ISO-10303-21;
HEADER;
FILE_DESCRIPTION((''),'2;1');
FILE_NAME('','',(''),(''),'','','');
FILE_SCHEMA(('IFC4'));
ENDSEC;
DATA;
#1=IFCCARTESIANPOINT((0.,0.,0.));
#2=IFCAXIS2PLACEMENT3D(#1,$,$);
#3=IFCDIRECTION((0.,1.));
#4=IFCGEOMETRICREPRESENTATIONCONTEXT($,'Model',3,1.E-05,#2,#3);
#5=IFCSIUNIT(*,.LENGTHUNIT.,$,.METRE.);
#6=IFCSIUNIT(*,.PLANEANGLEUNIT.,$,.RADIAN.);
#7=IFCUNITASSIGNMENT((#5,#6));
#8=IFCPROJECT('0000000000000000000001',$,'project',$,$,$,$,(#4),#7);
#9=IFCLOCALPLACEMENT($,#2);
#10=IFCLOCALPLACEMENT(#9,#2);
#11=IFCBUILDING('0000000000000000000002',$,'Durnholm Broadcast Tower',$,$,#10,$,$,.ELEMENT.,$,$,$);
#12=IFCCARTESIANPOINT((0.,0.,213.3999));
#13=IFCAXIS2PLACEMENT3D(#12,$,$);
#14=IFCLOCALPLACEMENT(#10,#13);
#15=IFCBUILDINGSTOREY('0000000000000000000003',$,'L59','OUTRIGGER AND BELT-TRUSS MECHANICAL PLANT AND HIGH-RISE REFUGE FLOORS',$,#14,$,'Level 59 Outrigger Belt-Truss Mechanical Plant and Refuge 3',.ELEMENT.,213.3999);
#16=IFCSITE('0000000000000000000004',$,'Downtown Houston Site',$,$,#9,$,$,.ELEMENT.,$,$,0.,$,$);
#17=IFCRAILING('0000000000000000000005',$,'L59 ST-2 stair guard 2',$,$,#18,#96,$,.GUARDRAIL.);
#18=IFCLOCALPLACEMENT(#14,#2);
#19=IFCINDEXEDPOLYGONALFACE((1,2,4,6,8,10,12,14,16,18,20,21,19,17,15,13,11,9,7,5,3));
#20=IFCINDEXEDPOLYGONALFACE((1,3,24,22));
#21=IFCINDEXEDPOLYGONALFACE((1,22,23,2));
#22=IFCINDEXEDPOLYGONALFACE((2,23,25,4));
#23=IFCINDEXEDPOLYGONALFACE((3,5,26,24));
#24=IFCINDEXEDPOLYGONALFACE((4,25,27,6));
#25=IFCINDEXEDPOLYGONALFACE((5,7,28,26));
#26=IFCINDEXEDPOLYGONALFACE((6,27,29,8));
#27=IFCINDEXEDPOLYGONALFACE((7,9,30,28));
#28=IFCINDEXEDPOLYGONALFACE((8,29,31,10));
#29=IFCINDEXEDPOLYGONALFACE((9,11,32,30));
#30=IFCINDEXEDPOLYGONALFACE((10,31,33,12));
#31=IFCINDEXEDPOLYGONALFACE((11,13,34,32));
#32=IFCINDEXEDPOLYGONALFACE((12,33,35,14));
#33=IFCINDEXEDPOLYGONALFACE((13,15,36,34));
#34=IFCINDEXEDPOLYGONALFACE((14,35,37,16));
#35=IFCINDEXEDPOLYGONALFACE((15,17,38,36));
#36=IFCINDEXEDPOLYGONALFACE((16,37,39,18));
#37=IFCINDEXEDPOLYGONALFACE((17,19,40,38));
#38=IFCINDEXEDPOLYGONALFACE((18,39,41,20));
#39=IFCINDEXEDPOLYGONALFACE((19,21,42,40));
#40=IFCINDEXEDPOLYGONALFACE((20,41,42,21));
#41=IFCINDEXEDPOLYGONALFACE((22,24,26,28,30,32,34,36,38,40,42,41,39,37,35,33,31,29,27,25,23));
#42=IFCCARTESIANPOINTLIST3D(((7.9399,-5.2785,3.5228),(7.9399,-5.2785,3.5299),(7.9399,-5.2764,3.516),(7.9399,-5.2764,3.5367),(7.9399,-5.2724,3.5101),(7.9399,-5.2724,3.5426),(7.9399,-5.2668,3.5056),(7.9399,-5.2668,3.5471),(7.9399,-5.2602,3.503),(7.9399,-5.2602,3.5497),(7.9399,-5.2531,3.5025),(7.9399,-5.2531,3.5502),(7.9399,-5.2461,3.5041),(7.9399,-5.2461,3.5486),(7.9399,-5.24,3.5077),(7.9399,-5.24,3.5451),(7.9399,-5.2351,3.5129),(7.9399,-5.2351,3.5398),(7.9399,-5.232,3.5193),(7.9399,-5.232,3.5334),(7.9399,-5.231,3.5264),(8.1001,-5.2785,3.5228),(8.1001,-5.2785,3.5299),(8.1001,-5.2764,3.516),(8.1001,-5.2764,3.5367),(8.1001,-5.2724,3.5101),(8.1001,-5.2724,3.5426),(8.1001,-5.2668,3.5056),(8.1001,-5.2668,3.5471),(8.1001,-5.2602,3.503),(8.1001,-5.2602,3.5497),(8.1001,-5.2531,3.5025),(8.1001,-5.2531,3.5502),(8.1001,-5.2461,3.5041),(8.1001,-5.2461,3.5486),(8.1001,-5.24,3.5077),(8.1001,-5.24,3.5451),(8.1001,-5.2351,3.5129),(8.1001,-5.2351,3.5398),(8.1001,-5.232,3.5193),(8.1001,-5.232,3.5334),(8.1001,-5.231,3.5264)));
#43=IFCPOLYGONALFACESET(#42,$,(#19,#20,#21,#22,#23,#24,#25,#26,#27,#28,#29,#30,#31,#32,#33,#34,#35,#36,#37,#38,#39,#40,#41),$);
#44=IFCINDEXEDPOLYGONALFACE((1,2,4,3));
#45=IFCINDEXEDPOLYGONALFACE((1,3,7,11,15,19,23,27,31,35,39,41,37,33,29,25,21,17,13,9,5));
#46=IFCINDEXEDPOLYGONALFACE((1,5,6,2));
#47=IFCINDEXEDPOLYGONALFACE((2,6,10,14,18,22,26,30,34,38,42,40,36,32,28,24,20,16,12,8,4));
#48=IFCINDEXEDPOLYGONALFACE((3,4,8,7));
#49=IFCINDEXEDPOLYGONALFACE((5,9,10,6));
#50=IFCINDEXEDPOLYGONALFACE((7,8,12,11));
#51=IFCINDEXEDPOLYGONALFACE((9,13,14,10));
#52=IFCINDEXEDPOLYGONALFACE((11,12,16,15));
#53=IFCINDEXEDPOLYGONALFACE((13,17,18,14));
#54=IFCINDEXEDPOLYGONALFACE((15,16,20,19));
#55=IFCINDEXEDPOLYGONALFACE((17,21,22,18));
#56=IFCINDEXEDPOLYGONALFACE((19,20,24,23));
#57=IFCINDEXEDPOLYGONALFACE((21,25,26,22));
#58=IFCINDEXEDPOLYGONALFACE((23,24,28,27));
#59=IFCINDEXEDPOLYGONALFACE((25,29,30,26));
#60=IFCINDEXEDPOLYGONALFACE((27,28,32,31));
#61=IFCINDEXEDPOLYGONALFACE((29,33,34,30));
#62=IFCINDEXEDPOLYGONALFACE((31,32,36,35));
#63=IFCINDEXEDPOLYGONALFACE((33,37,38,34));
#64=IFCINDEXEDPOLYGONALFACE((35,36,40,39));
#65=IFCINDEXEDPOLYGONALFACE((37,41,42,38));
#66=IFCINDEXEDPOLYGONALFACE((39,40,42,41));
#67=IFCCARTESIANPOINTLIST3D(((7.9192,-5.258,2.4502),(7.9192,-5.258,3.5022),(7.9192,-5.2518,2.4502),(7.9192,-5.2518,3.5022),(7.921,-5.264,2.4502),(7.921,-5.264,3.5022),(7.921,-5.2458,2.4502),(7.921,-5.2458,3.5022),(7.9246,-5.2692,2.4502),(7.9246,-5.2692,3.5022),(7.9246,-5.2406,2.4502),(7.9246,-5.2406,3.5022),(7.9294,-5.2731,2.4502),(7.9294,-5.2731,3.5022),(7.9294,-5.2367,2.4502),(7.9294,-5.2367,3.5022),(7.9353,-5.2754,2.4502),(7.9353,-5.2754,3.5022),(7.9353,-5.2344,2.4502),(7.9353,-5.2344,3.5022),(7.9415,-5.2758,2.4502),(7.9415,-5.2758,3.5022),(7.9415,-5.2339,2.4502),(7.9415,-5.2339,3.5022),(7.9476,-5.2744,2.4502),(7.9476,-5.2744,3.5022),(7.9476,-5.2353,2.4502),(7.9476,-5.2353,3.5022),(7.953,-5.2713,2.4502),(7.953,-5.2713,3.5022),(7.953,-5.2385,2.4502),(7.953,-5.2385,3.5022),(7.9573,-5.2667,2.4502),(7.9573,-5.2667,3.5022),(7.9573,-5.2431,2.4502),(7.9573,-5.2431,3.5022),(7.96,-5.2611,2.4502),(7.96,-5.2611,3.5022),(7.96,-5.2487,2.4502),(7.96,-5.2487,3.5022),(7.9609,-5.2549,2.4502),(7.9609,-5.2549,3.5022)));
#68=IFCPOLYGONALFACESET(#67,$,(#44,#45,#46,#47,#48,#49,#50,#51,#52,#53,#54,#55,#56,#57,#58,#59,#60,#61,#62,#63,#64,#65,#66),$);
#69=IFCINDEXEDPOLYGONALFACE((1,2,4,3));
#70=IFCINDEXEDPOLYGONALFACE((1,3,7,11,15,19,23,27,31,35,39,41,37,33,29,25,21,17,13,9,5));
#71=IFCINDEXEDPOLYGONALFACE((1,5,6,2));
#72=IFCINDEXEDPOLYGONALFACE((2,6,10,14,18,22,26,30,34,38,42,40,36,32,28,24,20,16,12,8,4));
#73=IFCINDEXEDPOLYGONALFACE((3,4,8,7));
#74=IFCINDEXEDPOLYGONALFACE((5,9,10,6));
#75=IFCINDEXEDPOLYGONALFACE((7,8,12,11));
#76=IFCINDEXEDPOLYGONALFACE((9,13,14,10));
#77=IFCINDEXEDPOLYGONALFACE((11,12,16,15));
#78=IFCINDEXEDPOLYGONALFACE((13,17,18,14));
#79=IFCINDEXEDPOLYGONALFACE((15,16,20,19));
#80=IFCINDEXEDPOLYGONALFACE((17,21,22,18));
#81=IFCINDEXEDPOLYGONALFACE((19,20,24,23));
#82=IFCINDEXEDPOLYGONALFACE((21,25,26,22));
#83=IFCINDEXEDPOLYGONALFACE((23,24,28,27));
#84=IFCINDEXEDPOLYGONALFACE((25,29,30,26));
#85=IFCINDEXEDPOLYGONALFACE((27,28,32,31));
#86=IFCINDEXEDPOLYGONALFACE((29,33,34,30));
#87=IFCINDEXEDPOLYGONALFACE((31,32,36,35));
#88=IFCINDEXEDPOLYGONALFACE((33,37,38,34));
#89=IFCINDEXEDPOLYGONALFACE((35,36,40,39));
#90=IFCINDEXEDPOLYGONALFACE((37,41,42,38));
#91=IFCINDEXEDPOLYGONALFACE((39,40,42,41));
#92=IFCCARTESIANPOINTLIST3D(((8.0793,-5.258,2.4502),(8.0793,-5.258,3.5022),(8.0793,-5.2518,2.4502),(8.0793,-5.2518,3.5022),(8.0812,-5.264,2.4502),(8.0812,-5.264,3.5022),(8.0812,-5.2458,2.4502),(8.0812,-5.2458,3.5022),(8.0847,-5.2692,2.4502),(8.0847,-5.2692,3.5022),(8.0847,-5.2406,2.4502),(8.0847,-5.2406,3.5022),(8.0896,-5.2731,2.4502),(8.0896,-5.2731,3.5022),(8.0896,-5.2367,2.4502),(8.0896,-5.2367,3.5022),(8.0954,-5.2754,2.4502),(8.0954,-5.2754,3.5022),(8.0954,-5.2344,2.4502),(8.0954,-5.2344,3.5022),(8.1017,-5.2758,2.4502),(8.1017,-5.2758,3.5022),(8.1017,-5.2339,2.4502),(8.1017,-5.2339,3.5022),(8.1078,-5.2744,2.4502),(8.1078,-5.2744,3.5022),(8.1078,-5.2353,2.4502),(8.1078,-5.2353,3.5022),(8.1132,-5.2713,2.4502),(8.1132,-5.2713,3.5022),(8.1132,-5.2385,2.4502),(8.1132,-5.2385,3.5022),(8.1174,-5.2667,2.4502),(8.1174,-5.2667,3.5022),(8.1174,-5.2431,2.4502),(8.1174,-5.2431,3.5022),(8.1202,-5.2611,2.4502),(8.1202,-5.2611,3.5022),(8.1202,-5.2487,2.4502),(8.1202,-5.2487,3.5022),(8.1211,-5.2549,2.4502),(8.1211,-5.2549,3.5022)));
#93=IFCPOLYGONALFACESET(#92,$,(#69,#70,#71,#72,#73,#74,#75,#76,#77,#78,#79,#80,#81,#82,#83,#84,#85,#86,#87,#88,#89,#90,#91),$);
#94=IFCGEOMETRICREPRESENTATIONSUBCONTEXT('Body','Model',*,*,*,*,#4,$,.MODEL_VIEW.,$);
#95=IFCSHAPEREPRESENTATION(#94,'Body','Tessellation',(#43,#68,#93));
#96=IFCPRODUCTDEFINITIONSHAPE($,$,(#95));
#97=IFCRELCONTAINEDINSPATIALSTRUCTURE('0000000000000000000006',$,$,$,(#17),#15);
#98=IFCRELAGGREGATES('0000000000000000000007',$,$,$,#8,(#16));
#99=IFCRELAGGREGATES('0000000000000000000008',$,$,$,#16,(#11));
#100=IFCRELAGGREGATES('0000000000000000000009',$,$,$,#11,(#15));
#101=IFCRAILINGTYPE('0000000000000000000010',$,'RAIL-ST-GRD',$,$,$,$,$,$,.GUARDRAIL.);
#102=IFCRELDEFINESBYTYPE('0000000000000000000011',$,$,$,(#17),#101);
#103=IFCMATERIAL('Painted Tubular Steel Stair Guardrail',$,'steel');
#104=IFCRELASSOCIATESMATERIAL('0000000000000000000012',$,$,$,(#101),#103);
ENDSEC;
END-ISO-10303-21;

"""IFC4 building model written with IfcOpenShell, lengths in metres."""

from ifc_helpers import new_model, si_unit, direction, frame, origin, origin_2d, place, context, subcontext, project, spatial, circle, extrude, material, type_object, element, save


model = new_model("IFC4")

# Units and contexts
model_context = context("Model", 3, precision=1e-05, world=origin(), true_north=direction((0.0, 1.0)))
body_context = subcontext(model_context, "Body", "Model", "MODEL_VIEW")
ifc_project = project(units=[si_unit("LENGTHUNIT", "METRE"), si_unit("PLANEANGLEUNIT", "RADIAN")], contexts=[model_context])

# Site, building, storey
site_placement = place(None, origin())
site = spatial("IfcSite", under=ifc_project, at=site_placement, Name="Downtown Houston Site", CompositionType="ELEMENT", RefElevation=0.0)
building_placement = place(site_placement, origin())
building = spatial("IfcBuilding", under=site, at=building_placement, Name="Durnholm Broadcast Tower", CompositionType="ELEMENT")
storey_placement = place(building_placement, frame((0.0, 0.0, 213.3999)))
storey = spatial("IfcBuildingStorey", under=building, at=storey_placement, Name="L59", Description="OUTRIGGER AND BELT-TRUSS MECHANICAL PLANT AND HIGH-RISE REFUGE FLOORS", LongName="Level 59 Outrigger Belt-Truss Mechanical Plant and Refuge 3", CompositionType="ELEMENT", Elevation=213.3999)

# Railing
ifc_material_1 = material(Name="Painted Tubular Steel Stair Guardrail", Category="steel")
railing_type_1 = type_object("IfcRailingType", Name="RAIL-ST-GRD", PredefinedType="GUARDRAIL", material=ifc_material_1)
railing_1_placement = place(storey_placement, frame((7.9399, -5.2549, 2.4502)))
element("IfcRailing", 1, at=railing_1_placement, inside=storey, type_object=railing_type_1, Name="L59 ST-2 stair guard 2", PredefinedType="GUARDRAIL", context=body_context, shape_type="SweptSolid", body=[
    extrude(circle(Radius=0.0239, at=origin_2d()), frame((0.0, 0.0, 1.0762), z_axis=(1.0, 0.0, 0.0), x_axis=(0.0, 1.0, 0.0)), (0.0, 0.0, 1.0), 0.1602),
    extrude(circle(Radius=0.021, at=origin_2d()), origin(), (0.0, 0.0, 1.0), 1.052),
    extrude(circle(Radius=0.021, at=origin_2d()), frame((0.1602, 0.0, 0.0)), (0.0, 0.0, 1.0), 1.052),
])

save(model, "model.ifc")
